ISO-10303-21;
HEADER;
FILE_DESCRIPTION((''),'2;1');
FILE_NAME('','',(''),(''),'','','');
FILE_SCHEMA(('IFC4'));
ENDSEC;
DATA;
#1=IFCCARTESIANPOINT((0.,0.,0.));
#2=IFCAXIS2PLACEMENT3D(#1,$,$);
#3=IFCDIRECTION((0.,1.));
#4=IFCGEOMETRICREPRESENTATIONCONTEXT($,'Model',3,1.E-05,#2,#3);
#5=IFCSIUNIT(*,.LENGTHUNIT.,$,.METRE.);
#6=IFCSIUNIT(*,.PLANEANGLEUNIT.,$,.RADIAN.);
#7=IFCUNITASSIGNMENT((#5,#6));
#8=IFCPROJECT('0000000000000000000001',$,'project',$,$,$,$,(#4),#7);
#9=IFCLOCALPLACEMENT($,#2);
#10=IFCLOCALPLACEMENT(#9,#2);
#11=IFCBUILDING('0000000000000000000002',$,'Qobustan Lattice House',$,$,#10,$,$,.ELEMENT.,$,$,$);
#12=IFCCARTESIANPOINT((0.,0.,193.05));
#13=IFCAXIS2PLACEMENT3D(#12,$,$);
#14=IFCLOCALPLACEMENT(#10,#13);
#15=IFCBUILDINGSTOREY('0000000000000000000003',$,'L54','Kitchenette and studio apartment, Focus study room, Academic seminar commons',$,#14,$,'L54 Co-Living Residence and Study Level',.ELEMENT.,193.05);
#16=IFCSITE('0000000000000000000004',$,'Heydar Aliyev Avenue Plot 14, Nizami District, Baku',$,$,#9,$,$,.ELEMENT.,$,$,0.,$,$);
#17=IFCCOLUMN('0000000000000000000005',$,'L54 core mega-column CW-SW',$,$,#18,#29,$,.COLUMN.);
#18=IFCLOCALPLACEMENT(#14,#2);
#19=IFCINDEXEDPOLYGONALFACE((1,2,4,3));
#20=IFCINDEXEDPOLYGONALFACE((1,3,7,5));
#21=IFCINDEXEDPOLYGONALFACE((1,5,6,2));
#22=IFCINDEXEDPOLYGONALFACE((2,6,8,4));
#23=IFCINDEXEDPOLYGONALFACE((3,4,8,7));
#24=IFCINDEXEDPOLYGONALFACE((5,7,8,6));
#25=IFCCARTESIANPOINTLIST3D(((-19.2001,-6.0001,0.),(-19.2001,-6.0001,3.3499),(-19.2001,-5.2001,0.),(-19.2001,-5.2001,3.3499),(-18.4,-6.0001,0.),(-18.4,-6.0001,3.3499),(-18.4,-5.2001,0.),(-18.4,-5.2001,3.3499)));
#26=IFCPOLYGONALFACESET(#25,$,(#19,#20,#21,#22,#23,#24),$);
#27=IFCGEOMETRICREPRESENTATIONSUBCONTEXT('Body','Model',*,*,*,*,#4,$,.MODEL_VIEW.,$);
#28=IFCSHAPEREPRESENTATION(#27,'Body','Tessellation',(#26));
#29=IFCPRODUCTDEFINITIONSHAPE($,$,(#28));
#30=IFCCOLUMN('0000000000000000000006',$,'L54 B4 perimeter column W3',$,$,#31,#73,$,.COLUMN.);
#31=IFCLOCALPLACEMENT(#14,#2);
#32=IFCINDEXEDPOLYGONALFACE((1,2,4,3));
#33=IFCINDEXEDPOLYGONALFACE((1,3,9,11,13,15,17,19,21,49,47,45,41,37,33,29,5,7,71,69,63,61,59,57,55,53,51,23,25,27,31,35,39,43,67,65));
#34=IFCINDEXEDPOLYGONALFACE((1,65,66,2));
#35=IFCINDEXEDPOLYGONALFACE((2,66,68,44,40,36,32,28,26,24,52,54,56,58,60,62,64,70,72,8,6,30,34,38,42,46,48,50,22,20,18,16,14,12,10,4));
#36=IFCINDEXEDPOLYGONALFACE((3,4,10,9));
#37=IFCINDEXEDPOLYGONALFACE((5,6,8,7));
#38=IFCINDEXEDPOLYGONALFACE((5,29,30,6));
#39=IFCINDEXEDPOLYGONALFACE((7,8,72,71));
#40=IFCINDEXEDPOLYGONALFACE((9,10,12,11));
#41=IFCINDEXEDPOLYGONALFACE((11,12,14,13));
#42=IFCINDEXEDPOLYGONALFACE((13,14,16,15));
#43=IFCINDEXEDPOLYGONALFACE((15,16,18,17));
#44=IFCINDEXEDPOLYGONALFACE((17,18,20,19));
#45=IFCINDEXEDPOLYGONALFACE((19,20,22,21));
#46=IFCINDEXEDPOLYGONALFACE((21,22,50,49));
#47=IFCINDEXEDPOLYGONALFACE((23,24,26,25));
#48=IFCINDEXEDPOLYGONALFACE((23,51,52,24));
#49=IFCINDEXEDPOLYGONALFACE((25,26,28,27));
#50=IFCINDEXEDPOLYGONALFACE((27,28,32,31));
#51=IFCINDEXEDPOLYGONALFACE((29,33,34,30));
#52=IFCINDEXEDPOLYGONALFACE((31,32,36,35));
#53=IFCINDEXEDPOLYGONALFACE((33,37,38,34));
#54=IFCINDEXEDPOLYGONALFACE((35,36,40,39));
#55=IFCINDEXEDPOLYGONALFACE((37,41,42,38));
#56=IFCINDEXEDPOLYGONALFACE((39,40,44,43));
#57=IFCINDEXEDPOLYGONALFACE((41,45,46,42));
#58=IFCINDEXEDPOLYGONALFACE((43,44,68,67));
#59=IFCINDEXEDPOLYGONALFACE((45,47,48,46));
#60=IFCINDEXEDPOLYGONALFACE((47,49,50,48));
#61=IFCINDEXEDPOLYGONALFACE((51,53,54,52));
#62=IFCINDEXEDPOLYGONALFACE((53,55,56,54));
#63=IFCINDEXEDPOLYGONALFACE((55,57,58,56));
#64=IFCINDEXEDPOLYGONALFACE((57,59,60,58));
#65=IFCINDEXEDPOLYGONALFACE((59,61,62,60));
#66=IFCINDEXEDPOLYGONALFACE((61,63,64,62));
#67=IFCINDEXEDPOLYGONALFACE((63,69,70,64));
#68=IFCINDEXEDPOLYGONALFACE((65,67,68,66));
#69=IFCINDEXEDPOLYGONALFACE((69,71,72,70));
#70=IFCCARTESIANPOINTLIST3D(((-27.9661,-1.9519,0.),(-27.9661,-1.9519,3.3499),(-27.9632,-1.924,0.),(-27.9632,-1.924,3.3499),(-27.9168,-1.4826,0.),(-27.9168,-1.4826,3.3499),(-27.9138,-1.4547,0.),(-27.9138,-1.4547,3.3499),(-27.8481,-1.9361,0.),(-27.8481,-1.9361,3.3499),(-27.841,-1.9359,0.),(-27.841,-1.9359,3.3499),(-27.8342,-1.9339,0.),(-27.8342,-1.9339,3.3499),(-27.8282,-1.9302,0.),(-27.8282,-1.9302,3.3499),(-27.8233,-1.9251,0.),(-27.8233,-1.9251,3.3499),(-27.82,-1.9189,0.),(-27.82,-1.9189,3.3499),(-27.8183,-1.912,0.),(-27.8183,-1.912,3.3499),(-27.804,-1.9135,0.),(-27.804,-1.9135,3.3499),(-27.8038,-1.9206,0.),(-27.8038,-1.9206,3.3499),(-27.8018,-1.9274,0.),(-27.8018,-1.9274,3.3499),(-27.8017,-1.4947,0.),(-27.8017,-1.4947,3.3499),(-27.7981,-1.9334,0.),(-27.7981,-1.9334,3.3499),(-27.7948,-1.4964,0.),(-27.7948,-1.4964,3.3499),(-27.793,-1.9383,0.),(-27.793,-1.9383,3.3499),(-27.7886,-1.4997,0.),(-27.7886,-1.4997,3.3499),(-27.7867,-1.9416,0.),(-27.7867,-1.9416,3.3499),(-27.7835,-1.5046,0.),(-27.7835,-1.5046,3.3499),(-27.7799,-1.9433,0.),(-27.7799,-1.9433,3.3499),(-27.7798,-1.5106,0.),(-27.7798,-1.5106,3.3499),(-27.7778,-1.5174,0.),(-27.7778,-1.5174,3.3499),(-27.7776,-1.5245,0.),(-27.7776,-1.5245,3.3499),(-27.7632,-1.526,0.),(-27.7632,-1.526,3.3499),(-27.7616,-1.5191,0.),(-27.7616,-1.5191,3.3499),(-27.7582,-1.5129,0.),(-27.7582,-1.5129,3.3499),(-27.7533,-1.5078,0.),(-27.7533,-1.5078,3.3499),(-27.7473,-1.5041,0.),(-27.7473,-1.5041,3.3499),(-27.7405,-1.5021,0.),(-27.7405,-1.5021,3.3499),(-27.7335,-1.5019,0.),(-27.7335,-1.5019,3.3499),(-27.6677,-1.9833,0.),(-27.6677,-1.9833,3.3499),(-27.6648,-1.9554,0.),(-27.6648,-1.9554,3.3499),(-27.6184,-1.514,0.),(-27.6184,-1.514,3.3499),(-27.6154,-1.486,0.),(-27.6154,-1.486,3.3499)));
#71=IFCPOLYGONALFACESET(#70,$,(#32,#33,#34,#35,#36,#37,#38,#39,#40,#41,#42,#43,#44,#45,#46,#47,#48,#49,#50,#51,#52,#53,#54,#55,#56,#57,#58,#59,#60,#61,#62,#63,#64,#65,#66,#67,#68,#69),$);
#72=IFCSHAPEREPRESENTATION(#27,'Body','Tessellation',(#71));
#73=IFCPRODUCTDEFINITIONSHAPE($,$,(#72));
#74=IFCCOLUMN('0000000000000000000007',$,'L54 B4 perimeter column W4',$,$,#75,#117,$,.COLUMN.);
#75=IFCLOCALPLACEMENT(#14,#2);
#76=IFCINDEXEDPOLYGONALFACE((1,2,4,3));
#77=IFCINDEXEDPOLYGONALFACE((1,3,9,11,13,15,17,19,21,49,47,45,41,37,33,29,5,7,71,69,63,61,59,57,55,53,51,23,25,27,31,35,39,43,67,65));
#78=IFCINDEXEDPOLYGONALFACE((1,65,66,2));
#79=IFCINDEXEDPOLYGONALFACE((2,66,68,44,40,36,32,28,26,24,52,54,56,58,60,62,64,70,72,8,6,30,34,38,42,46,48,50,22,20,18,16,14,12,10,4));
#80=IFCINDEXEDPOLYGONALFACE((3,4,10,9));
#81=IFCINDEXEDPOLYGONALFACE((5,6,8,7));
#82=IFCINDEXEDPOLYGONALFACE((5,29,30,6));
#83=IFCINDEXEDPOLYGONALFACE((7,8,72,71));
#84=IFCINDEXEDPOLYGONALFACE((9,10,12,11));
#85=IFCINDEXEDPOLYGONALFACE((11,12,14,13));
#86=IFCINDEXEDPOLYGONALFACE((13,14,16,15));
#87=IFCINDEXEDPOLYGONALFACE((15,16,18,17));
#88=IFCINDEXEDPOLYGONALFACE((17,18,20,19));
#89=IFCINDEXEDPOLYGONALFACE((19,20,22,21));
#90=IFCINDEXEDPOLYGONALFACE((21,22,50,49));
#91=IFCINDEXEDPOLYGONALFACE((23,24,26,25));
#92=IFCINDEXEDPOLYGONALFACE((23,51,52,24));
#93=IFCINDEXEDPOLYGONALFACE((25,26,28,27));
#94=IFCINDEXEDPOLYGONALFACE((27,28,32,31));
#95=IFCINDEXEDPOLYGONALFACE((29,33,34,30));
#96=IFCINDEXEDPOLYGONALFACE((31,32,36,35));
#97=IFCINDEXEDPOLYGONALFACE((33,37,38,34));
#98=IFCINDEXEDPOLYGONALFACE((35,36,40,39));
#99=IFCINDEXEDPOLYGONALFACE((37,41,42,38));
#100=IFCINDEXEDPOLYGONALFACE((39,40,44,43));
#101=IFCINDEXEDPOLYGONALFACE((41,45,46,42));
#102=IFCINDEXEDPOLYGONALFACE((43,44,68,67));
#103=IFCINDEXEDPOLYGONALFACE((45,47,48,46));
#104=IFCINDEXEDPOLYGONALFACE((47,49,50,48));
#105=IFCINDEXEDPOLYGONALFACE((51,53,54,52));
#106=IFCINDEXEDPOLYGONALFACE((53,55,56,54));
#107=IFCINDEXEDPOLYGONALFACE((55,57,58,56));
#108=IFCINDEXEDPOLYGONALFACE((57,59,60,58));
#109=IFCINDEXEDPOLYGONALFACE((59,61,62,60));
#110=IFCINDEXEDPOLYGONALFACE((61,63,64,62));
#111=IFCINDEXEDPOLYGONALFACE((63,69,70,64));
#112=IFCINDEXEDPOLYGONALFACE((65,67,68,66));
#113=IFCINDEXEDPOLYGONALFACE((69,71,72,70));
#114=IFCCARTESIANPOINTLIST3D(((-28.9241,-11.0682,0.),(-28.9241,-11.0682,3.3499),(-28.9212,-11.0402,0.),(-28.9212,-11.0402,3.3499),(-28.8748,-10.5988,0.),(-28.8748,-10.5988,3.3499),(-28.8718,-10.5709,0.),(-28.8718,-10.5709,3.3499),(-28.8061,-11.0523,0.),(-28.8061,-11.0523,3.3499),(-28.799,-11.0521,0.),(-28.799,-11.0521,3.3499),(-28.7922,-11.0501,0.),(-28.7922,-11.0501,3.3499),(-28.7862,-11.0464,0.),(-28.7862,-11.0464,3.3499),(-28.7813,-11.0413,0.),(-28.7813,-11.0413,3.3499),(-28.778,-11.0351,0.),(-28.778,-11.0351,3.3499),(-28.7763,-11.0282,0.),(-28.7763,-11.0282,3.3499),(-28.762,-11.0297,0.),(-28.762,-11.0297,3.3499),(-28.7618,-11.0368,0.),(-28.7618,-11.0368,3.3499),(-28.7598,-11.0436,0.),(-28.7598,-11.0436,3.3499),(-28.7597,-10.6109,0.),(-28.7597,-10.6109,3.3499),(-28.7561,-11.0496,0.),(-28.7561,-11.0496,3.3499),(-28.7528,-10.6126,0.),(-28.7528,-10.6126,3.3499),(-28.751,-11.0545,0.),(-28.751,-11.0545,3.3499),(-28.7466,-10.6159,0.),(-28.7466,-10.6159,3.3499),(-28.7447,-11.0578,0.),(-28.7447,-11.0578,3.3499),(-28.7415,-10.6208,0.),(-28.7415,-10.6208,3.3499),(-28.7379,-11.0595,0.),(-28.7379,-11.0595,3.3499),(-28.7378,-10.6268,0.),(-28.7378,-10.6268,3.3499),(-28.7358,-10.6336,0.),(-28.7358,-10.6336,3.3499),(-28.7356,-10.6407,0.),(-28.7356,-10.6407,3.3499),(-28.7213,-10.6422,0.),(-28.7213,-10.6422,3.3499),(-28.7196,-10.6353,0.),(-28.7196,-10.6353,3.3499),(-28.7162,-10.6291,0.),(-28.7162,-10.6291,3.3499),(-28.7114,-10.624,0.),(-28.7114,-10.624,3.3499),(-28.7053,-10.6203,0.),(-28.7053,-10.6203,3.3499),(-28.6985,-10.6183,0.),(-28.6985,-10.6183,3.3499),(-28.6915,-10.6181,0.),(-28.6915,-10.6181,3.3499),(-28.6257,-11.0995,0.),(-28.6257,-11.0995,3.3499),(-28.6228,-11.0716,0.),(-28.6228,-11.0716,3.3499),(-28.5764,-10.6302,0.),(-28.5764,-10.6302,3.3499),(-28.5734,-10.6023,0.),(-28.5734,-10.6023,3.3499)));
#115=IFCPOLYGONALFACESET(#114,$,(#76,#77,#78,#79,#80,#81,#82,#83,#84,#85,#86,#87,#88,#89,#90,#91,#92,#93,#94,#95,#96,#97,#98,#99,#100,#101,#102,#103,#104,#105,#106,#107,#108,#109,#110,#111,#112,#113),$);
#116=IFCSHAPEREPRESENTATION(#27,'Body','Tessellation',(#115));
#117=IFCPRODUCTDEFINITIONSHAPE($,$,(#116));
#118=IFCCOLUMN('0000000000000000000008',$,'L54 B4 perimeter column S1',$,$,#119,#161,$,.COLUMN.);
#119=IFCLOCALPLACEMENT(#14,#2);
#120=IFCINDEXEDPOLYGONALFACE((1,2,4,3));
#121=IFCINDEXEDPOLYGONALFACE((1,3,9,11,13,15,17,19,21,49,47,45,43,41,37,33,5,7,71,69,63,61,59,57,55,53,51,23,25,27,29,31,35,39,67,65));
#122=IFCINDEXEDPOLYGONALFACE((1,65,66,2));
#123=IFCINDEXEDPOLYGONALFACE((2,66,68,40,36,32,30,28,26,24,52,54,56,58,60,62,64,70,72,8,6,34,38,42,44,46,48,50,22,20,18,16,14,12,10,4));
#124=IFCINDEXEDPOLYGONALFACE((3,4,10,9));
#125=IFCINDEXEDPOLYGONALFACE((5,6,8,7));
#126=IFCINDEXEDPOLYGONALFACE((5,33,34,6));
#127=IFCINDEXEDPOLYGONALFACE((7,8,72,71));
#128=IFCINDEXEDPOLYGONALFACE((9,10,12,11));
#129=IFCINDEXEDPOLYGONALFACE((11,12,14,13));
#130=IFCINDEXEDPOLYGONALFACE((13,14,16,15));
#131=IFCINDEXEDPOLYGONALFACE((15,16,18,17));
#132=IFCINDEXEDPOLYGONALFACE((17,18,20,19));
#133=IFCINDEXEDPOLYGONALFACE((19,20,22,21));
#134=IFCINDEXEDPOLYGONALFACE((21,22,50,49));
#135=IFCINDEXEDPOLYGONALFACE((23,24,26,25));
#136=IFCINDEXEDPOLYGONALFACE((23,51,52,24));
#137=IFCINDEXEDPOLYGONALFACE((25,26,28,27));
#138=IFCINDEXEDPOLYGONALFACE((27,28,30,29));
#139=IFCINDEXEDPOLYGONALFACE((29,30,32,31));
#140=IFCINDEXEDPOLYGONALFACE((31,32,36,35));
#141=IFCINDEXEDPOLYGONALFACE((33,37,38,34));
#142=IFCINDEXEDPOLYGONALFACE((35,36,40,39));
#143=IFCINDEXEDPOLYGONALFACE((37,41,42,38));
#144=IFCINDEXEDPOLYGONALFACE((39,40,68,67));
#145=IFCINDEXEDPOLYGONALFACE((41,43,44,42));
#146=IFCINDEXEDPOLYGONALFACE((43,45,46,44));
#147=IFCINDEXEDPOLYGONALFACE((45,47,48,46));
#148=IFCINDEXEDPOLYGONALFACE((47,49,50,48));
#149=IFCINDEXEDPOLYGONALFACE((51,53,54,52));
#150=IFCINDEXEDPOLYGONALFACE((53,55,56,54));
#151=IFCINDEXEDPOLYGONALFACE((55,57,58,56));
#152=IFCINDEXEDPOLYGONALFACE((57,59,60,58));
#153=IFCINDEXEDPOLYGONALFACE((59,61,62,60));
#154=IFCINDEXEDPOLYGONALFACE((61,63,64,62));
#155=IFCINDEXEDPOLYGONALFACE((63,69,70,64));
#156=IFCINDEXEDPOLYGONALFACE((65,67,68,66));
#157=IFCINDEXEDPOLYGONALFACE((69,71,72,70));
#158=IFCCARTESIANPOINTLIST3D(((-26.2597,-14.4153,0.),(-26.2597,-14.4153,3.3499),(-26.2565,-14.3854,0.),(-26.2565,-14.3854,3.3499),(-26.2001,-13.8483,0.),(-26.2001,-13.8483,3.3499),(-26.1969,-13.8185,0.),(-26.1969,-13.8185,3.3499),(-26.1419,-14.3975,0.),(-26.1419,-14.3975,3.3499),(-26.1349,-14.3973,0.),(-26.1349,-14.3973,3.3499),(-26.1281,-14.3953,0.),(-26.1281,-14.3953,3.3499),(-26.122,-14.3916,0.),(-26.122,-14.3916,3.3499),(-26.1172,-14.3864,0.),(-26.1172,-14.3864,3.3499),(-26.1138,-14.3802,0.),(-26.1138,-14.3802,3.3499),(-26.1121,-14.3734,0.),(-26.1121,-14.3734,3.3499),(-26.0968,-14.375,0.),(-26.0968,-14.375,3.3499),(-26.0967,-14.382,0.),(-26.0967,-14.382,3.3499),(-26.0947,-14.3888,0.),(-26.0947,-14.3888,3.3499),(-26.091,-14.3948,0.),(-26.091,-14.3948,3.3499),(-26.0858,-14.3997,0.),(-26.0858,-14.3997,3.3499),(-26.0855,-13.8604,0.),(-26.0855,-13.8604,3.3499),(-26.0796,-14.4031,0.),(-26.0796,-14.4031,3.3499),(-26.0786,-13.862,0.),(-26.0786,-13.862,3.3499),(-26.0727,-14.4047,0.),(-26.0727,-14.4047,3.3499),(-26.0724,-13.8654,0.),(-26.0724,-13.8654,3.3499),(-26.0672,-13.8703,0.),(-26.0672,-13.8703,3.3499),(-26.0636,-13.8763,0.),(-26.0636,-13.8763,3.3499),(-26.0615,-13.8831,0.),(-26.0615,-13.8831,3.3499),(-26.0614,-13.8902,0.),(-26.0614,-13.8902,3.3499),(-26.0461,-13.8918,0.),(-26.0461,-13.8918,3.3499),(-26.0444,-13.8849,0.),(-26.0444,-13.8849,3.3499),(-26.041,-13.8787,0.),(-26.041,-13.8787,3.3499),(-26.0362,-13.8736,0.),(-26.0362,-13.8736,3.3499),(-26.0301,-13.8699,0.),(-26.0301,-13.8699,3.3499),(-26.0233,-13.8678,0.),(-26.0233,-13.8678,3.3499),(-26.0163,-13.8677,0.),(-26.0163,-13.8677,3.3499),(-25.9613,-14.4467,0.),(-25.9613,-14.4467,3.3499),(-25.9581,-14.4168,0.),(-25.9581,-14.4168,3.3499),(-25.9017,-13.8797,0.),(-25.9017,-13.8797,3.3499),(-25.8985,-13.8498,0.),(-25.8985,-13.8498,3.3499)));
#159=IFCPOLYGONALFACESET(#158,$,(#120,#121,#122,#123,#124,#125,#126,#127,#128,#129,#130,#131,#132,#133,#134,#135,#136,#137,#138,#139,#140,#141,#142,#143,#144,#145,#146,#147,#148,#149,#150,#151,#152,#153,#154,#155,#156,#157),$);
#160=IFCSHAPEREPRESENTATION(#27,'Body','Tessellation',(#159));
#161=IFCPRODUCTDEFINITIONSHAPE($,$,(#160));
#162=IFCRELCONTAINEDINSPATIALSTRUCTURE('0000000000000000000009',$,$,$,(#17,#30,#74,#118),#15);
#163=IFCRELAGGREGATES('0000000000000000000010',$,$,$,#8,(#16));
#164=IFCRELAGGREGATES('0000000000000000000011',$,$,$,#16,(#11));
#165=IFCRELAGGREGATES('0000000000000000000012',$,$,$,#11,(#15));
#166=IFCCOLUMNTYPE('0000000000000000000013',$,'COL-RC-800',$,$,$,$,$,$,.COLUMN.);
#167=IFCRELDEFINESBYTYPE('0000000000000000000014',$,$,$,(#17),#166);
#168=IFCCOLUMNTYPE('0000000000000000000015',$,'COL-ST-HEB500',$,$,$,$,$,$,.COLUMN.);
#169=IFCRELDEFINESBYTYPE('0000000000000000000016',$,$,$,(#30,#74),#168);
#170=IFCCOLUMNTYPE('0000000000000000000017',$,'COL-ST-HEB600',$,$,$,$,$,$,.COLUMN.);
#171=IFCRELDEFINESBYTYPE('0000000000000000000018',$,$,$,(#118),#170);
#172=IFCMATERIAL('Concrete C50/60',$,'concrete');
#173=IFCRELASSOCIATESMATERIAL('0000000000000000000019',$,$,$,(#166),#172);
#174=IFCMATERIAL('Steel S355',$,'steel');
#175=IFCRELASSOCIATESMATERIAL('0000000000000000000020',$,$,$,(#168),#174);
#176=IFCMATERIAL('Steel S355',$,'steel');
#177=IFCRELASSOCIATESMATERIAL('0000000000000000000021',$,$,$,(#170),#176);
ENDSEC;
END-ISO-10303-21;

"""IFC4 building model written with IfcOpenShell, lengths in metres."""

from ifc_helpers import new_model, si_unit, direction, frame, origin, origin_2d, place, context, subcontext, project, spatial, rectangle, i_section, extrude, material, material_profile, profile_set, type_object, element, save


model = new_model("IFC4")

# Units and contexts
model_context = context("Model", 3, precision=1e-05, world=origin(), true_north=direction((0.0, 1.0)))
body_context = subcontext(model_context, "Body", "Model", "MODEL_VIEW")
ifc_project = project(units=[si_unit("LENGTHUNIT", "METRE"), si_unit("PLANEANGLEUNIT", "RADIAN")], contexts=[model_context])

# Site, building, storey
site_placement = place(None, origin())
site = spatial("IfcSite", under=ifc_project, at=site_placement, Name="Heydar Aliyev Avenue Plot 14, Nizami District, Baku", CompositionType="ELEMENT", RefElevation=0.0)
building_placement = place(site_placement, origin())
building = spatial("IfcBuilding", under=site, at=building_placement, Name="Qobustan Lattice House", CompositionType="ELEMENT")
storey_placement = place(building_placement, frame((0.0, 0.0, 193.05)))
storey = spatial("IfcBuildingStorey", under=building, at=storey_placement, Name="L54", Description="Kitchenette and studio apartment, Focus study room, Academic seminar commons", LongName="L54 Co-Living Residence and Study Level", CompositionType="ELEMENT", Elevation=193.05)

# Columns
ifc_material_1 = material(Name="Concrete C50/60", Category="concrete")
ifc_material_profile_1 = material_profile(ifc_material_1, rectangle(XDim=0.8, YDim=0.8, at=origin_2d()), Name="RC800x800")
ifc_profile_set_1 = profile_set([ifc_material_profile_1], Name="Concrete C50/60")
column_type_1 = type_object("IfcColumnType", Name="COL-RC-800", PredefinedType="COLUMN", material=ifc_profile_set_1)
column_placement = place(storey_placement, frame((-18.8, -5.6001, 0.0), z_axis=(0.0, 0.0, 1.0), x_axis=(1.0, 0.0, 0.0)))
element("IfcColumn", 1, at=column_placement, inside=storey, type_object=column_type_1, Name="L54 core mega-column CW-SW", PredefinedType="COLUMN", context=body_context, shape_type="SweptSolid", body=[
    extrude(rectangle(XDim=0.8, YDim=0.8, at=origin_2d()), origin(), (0.0, 0.0, 1.0), 3.3499),
])
ifc_material_2 = material(Name="Steel S355", Category="steel")
ifc_material_profile_2 = material_profile(ifc_material_2, i_section(OverallWidth=0.3, OverallDepth=0.5, WebThickness=0.0144, FlangeThickness=0.0281, FilletRadius=0.0271, at=origin_2d()), Name="HEB500")
ifc_profile_set_2 = profile_set([ifc_material_profile_2], Name="Steel S355")
column_type_2 = type_object("IfcColumnType", Name="COL-ST-HEB500", PredefinedType="COLUMN", material=ifc_profile_set_2)
for number, where, z_axis, x_axis, name in (
    (2, (-27.7908, -1.719, 0.0), (0.0, 0.0, 1.0), (0.994522, -0.104528, 0.0), "L54 B4 perimeter column W3"),
    (3, (-28.7488, -10.8352, 0.0), (0.0, 0.0, 1.0), (0.994522, -0.104528, 0.0), "L54 B4 perimeter column W4"),
):
    element("IfcColumn", number, at=place(storey_placement, frame(where, z_axis=z_axis, x_axis=x_axis)), inside=storey, type_object=column_type_2, Name=name, PredefinedType="COLUMN", context=body_context, shape_type="SweptSolid", body=[
        extrude(i_section(OverallWidth=0.3, OverallDepth=0.5, WebThickness=0.0144, FlangeThickness=0.0281, FilletRadius=0.0271, at=origin_2d()), origin(), (0.0, 0.0, 1.0), 3.3499),
    ])
ifc_material_3 = material(Name="Steel S355", Category="steel")
ifc_material_profile_3 = material_profile(ifc_material_3, i_section(OverallWidth=0.3, OverallDepth=0.6001, WebThickness=0.0154, FlangeThickness=0.03, FilletRadius=0.0271, at=origin_2d()), Name="HEB600")
ifc_profile_set_3 = profile_set([ifc_material_profile_3], Name="Steel S355")
column_type_3 = type_object("IfcColumnType", Name="COL-ST-HEB600", PredefinedType="COLUMN", material=ifc_profile_set_3)
for number, where, z_axis, x_axis, name in (
    (4, (-26.0791, -14.1326, 0.0), (0.0, 0.0, 1.0), (0.994522, -0.104528, 0.0), "L54 B4 perimeter column S1"),
):
    element("IfcColumn", number, at=place(storey_placement, frame(where, z_axis=z_axis, x_axis=x_axis)), inside=storey, type_object=column_type_3, Name=name, PredefinedType="COLUMN", context=body_context, shape_type="SweptSolid", body=[
        extrude(i_section(OverallWidth=0.3, OverallDepth=0.6001, WebThickness=0.0154, FlangeThickness=0.03, FilletRadius=0.0271, at=origin_2d()), origin(), (0.0, 0.0, 1.0), 3.3499),
    ])

save(model, "model.ifc")
